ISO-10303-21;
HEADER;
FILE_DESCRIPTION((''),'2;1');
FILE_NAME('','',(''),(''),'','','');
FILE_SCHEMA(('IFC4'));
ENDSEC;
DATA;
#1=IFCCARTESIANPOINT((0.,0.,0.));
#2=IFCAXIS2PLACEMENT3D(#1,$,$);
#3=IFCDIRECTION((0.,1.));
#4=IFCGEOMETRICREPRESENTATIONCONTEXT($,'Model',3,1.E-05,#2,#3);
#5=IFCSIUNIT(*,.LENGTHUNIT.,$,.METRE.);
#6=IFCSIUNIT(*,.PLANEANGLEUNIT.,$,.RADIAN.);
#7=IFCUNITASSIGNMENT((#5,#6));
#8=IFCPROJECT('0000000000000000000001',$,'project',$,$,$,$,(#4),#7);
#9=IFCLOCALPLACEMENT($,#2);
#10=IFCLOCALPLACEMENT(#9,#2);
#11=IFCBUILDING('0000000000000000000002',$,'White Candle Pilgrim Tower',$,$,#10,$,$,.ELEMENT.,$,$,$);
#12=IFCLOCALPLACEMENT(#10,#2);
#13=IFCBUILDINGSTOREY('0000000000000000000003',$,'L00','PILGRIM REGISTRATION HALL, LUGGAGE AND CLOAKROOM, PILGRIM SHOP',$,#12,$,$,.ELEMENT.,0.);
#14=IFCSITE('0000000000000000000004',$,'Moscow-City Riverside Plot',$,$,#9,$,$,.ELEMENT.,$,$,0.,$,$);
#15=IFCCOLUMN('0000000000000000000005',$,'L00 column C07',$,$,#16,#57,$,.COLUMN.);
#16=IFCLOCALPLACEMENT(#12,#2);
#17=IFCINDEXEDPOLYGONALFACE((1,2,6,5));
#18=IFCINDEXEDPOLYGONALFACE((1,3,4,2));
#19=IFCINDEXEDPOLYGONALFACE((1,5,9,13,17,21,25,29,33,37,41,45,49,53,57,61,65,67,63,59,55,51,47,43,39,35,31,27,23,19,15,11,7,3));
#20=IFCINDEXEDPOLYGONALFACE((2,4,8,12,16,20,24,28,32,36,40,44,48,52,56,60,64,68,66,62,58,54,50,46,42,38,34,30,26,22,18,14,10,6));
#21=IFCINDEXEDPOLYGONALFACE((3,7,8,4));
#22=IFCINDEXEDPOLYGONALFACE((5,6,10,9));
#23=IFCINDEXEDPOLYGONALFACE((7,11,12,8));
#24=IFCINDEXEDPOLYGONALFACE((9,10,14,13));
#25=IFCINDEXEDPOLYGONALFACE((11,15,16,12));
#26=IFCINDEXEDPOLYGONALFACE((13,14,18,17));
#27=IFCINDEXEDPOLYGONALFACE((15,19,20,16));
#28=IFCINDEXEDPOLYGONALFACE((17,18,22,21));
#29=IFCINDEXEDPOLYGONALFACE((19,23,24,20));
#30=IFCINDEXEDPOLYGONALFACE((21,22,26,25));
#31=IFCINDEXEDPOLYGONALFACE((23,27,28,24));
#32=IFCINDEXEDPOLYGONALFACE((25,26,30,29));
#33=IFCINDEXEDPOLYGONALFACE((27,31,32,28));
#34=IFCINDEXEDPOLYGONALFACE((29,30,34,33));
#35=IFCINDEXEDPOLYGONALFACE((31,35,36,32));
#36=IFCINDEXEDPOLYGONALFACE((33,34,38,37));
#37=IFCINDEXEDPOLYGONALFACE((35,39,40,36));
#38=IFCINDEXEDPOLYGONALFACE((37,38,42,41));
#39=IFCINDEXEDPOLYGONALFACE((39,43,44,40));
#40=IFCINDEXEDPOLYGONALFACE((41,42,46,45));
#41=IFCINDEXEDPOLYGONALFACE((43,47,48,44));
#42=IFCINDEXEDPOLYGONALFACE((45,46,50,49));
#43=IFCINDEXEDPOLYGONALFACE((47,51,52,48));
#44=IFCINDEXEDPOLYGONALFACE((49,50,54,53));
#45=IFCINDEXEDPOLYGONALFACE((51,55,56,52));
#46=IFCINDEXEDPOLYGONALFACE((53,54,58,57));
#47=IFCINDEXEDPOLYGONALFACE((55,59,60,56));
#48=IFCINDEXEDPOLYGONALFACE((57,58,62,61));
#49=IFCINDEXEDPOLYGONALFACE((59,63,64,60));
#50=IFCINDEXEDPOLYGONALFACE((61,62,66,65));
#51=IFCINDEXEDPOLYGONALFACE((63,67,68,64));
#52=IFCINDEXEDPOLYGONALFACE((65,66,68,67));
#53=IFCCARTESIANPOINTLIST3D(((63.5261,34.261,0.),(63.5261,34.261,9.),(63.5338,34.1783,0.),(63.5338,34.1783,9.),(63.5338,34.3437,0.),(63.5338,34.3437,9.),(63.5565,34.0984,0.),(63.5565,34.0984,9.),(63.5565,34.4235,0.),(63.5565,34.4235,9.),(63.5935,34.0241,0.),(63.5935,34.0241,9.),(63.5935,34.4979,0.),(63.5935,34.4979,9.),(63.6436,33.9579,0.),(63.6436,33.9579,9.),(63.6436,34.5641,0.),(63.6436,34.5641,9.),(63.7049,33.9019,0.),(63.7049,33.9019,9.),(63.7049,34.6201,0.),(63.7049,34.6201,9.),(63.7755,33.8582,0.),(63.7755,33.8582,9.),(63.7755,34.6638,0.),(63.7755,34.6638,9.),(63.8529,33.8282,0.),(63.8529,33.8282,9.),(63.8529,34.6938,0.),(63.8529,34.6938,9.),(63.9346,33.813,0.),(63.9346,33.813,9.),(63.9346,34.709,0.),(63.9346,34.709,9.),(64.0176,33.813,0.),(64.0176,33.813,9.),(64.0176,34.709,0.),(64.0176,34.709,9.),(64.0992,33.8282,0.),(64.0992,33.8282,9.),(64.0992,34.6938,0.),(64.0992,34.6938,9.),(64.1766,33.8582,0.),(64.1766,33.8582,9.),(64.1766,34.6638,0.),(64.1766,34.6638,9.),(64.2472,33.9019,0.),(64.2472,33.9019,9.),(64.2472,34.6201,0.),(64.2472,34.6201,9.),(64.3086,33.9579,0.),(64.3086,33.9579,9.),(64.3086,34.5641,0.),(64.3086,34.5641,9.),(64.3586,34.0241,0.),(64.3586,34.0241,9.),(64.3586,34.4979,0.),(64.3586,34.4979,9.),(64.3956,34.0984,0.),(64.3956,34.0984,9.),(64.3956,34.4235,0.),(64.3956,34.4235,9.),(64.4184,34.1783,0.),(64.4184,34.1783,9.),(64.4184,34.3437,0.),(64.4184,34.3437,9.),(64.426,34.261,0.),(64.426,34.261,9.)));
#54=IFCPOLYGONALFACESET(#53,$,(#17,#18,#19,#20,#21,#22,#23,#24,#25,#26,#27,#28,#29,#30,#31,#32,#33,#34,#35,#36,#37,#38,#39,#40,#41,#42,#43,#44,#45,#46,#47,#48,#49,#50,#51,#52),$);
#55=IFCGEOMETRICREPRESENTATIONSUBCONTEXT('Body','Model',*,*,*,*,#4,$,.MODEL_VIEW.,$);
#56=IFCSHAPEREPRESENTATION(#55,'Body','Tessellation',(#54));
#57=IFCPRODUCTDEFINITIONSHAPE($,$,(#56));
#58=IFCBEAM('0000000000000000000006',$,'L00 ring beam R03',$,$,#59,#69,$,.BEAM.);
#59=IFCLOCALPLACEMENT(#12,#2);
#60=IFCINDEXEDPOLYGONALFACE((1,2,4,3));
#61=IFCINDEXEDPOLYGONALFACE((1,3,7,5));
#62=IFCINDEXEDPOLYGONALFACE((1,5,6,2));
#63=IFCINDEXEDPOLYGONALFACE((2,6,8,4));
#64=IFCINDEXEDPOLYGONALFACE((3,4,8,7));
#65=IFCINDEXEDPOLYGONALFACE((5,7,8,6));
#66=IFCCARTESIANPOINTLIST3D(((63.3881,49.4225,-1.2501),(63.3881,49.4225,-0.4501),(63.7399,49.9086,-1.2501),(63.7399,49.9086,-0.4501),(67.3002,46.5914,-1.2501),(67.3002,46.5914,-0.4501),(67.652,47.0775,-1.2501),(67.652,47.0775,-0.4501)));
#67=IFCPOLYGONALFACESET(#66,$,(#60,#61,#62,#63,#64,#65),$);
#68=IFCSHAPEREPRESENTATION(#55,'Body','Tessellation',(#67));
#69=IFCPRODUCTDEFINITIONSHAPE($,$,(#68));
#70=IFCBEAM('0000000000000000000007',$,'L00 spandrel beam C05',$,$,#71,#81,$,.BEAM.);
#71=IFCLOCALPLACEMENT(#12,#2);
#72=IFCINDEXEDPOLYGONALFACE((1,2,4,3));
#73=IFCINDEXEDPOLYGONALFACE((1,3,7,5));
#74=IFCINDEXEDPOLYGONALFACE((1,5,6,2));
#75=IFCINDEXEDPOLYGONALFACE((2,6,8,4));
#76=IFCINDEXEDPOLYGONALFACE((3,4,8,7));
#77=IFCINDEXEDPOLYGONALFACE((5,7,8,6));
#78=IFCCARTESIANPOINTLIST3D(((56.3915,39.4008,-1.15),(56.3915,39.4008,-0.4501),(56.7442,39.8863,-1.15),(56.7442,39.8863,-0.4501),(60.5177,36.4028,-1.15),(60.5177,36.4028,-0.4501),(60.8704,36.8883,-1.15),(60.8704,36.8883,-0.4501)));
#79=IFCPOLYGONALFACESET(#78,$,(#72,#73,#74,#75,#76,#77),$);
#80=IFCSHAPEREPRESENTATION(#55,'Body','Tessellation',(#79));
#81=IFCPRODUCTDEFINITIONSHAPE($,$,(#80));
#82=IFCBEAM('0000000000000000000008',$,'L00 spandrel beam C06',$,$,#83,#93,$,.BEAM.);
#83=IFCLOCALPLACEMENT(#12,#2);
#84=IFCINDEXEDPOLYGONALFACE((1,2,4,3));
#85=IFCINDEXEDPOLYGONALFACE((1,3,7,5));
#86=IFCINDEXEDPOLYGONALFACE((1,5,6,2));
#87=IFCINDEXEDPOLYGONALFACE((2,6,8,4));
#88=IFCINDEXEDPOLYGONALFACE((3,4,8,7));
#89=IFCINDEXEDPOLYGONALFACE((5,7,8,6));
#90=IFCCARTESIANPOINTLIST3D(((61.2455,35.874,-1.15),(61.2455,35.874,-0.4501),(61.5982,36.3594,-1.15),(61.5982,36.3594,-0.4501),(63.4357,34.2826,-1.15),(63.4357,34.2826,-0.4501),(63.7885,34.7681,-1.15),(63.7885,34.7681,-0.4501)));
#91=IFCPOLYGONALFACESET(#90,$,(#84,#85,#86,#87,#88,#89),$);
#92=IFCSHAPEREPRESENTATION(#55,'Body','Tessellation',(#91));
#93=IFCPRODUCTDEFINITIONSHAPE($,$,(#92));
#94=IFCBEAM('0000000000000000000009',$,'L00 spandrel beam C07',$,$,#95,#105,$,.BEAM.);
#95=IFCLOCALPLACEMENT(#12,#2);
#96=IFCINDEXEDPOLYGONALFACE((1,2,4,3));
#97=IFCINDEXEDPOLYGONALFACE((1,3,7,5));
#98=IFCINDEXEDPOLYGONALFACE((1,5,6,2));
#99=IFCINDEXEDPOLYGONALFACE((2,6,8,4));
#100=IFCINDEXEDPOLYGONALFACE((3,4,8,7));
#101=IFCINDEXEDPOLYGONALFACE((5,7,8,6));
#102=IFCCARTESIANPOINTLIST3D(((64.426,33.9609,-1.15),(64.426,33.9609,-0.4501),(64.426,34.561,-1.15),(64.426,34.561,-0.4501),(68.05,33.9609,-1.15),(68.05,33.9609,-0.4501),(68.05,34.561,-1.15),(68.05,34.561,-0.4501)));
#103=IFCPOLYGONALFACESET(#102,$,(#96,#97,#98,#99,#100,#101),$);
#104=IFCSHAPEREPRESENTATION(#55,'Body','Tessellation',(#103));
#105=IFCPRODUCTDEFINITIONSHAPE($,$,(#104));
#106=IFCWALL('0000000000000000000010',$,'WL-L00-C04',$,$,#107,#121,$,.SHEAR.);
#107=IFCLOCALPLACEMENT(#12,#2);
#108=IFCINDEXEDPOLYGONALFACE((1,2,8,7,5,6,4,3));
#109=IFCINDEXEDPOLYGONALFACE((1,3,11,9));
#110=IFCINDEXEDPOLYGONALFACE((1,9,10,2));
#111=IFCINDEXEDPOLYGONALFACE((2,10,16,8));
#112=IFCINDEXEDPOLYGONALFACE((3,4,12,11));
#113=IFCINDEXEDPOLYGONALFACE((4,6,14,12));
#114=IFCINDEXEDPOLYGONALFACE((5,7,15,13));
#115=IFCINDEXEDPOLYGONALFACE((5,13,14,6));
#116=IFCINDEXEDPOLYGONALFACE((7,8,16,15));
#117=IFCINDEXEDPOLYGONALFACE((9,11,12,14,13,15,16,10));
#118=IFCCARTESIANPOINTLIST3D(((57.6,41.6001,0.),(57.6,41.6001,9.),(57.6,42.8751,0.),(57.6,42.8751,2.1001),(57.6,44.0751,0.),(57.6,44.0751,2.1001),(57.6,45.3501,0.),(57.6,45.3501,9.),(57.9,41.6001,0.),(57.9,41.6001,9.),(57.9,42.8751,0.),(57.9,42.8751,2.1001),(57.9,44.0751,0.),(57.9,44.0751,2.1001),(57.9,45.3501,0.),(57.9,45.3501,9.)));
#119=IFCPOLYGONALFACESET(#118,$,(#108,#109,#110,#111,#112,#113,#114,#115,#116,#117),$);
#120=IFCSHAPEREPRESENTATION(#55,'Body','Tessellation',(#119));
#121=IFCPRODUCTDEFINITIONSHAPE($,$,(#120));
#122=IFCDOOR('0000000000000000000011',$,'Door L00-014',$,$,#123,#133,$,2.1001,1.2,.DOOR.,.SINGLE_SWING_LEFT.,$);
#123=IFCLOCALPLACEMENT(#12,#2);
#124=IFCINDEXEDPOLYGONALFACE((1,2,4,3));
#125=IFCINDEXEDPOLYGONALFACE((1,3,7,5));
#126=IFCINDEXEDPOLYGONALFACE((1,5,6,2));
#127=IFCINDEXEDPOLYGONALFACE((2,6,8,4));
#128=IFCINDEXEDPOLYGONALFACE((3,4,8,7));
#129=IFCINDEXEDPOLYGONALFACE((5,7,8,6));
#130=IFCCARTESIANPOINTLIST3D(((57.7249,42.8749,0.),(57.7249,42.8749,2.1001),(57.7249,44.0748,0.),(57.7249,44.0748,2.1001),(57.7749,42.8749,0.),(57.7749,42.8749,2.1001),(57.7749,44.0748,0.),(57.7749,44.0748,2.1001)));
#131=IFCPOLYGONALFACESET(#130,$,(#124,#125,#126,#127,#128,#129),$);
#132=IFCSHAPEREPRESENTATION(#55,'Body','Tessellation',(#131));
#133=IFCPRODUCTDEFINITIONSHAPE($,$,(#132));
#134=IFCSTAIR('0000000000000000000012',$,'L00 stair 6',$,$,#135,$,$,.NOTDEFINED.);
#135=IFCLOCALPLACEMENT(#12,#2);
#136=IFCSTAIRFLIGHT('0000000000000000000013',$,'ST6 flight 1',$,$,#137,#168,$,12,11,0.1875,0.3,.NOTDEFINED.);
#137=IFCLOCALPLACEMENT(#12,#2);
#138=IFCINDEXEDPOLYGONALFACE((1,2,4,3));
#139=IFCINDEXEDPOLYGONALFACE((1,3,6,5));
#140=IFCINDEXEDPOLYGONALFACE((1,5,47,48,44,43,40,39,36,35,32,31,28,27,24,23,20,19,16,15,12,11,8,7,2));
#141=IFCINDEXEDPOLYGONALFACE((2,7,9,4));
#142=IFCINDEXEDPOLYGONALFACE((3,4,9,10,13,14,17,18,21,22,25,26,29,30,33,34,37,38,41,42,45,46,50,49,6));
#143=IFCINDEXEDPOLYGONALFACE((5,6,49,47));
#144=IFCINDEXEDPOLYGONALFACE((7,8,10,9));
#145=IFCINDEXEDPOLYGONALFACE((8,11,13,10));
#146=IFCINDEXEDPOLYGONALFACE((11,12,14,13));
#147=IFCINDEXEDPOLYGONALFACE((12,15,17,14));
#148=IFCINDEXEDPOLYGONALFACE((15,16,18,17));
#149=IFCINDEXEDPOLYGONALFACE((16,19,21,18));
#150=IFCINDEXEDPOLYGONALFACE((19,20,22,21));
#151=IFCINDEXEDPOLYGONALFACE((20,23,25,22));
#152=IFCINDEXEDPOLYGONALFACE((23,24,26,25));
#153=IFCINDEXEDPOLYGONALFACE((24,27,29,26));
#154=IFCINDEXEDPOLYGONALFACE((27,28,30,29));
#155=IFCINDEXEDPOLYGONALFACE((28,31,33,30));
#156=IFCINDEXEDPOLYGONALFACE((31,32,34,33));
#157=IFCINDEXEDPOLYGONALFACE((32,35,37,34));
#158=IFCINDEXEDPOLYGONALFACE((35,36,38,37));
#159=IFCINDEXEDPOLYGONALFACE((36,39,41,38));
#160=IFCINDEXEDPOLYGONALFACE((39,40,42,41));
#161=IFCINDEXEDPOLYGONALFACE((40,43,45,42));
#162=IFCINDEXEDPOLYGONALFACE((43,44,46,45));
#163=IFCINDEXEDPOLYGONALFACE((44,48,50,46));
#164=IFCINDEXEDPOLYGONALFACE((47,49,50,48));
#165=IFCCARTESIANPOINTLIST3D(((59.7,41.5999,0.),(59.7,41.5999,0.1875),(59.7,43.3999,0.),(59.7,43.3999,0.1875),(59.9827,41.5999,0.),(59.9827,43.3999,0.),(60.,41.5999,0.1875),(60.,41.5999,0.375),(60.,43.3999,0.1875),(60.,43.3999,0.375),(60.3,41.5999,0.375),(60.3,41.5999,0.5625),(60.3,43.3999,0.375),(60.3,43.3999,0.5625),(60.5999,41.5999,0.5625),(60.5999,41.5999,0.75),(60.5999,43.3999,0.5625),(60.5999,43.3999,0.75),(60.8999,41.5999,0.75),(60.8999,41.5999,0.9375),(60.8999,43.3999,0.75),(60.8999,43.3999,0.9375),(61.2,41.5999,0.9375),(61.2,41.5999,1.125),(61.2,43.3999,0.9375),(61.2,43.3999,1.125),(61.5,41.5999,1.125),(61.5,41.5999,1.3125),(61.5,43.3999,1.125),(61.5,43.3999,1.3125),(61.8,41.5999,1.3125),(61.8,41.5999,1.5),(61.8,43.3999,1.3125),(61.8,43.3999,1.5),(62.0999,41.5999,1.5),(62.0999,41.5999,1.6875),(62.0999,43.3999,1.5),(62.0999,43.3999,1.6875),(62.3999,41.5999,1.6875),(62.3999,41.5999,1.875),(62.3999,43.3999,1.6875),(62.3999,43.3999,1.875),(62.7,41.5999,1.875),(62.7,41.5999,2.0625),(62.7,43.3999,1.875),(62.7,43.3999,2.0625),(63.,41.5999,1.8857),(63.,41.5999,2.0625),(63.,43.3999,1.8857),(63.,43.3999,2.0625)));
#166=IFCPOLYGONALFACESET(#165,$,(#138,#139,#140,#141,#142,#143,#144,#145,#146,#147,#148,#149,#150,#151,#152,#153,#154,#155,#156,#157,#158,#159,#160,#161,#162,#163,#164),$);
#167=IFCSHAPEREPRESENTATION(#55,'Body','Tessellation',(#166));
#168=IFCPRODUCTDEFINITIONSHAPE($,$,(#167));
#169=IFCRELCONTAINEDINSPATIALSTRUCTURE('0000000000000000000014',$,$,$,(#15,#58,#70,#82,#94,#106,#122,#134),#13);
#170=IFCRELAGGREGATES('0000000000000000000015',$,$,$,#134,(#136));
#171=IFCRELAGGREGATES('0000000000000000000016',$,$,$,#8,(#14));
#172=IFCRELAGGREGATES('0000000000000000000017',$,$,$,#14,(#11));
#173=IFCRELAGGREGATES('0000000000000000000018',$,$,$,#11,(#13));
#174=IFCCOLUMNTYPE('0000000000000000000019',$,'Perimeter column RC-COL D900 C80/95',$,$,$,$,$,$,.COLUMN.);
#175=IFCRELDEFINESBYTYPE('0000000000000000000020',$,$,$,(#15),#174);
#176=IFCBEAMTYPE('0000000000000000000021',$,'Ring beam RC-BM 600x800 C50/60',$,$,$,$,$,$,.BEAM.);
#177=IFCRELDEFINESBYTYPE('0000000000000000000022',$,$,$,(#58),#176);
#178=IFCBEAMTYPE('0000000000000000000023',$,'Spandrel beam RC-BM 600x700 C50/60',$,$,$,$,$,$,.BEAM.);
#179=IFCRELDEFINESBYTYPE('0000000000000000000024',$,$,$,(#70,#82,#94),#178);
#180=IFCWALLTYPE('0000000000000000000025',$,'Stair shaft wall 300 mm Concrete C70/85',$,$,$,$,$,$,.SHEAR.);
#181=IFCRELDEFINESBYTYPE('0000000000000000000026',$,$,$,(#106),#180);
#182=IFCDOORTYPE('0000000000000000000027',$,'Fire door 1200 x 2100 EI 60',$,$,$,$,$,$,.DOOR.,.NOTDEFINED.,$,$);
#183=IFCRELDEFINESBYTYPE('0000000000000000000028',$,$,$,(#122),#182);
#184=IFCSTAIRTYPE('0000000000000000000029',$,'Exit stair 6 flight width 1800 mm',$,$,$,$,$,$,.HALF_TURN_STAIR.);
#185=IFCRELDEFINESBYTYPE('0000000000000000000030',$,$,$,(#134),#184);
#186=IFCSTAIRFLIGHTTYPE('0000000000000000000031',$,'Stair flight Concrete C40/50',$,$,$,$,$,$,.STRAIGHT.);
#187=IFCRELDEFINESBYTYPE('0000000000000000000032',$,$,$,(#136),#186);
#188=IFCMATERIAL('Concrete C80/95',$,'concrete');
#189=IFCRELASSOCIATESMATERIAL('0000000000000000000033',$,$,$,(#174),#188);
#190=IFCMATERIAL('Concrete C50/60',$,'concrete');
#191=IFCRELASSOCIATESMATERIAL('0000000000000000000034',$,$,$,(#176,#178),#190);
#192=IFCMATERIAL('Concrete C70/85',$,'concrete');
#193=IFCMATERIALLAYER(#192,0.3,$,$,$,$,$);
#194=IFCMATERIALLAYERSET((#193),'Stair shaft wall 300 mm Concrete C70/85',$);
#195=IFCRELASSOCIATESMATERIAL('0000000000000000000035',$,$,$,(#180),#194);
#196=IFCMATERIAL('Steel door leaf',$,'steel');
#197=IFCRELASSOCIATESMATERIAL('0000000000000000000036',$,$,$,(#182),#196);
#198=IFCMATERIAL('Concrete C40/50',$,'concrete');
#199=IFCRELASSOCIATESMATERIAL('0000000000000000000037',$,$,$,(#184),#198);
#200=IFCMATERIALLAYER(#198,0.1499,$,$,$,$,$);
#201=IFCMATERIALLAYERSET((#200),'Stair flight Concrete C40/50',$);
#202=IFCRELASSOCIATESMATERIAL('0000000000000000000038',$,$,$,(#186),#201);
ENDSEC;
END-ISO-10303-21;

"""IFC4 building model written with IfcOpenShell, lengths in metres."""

from ifc_helpers import new_model, si_unit, direction, frame, frame_2d, origin, origin_2d, place, context, subcontext, project, spatial, polyline, rectangle, circle, outline, extrude, material, layer, layer_set, material_profile, profile_set, type_object, element, fill, aggregate, save


model = new_model("IFC4")

# Units and contexts
model_context = context("Model", 3, precision=1e-05, world=origin(), true_north=direction((0.0, 1.0)))
body_context = subcontext(model_context, "Body", "Model", "MODEL_VIEW")
ifc_project = project(units=[si_unit("LENGTHUNIT", "METRE"), si_unit("PLANEANGLEUNIT", "RADIAN")], contexts=[model_context])

# Site, building, storey
site_placement = place(None, origin())
site = spatial("IfcSite", under=ifc_project, at=site_placement, Name="Moscow-City Riverside Plot", CompositionType="ELEMENT", RefElevation=0.0)
building_placement = place(site_placement, origin())
building = spatial("IfcBuilding", under=site, at=building_placement, Name="White Candle Pilgrim Tower", CompositionType="ELEMENT")
storey_placement = place(building_placement, origin())
storey = spatial("IfcBuildingStorey", under=building, at=storey_placement, Name="L00", Description="PILGRIM REGISTRATION HALL, LUGGAGE AND CLOAKROOM, PILGRIM SHOP", CompositionType="ELEMENT", Elevation=0.0)

# Column
ifc_material_1 = material(Name="Concrete C80/95", Category="concrete")
ifc_material_profile_1 = material_profile(ifc_material_1, circle(Radius=0.45, at=origin_2d()), Name="RC-COL D900")
ifc_profile_set_1 = profile_set([ifc_material_profile_1], Name="Concrete C80/95")
column_type = type_object("IfcColumnType", Name="Perimeter column RC-COL D900 C80/95", PredefinedType="COLUMN", material=ifc_profile_set_1)
for number, where, z_axis, x_axis, name in (
    (1, (63.9761, 34.261, 0.0), (0.0, 0.0, 1.0), (1.0, 0.0, 0.0), "L00 column C07"),
):
    element("IfcColumn", number, at=place(storey_placement, frame(where, z_axis=z_axis, x_axis=x_axis)), inside=storey, type_object=column_type, Name=name, PredefinedType="COLUMN", context=body_context, shape_type="SweptSolid", body=[
        extrude(circle(Radius=0.45, at=origin_2d()), origin(), (0.0, 0.0, 1.0), 9.0),
    ])

# Beams
ifc_material_2 = material(Name="Concrete C50/60", Category="concrete")
ifc_material_profile_2 = material_profile(ifc_material_2, rectangle(XDim=0.6001, YDim=0.8, at=origin_2d()), Name="RC-BM 600x800")
ifc_profile_set_2 = profile_set([ifc_material_profile_2], Name="Concrete C50/60")
beam_type_1 = type_object("IfcBeamType", Name="Ring beam RC-BM 600x800 C50/60", PredefinedType="BEAM", material=ifc_profile_set_2)
beam_1_placement = place(storey_placement, frame((63.564, 49.6655, -0.8501), z_axis=(0.810124, -0.586258, 0.0), x_axis=(0.586258, 0.810124, 0.0)))
element("IfcBeam", 2, at=beam_1_placement, inside=storey, type_object=beam_type_1, Name="L00 ring beam R03", PredefinedType="BEAM", context=body_context, shape_type="SweptSolid", body=[
    extrude(rectangle(XDim=0.6001, YDim=0.8, at=origin_2d()), origin(), (0.0, 0.0, 1.0), 4.8291),
])
ifc_material_profile_3 = material_profile(ifc_material_2, rectangle(XDim=0.6001, YDim=0.7, at=origin_2d()), Name="RC-BM 600x700")
ifc_profile_set_3 = profile_set([ifc_material_profile_3], Name="Concrete C50/60")
beam_type_2 = type_object("IfcBeamType", Name="Spandrel beam RC-BM 600x700 C50/60", PredefinedType="BEAM", material=ifc_profile_set_3)
beam_2_placement = place(storey_placement, frame((56.5679, 39.6436, -0.8), z_axis=(0.809001, -0.587807, 0.0), x_axis=(0.587807, 0.809001, 0.0)))
element("IfcBeam", 3, at=beam_2_placement, inside=storey, type_object=beam_type_2, Name="L00 spandrel beam C05", PredefinedType="BEAM", context=body_context, shape_type="SweptSolid", body=[
    extrude(rectangle(XDim=0.6001, YDim=0.7, at=origin_2d()), origin(), (0.0, 0.0, 1.0), 5.1003),
])
beam_3_placement = place(storey_placement, frame((61.4219, 36.1167, -0.8), z_axis=(0.809009, -0.587796, 0.0), x_axis=(0.587796, 0.809009, 0.0)))
element("IfcBeam", 4, at=beam_3_placement, inside=storey, type_object=beam_type_2, Name="L00 spandrel beam C06", PredefinedType="BEAM", context=body_context, shape_type="SweptSolid", body=[
    extrude(rectangle(XDim=0.6001, YDim=0.7, at=origin_2d()), origin(), (0.0, 0.0, 1.0), 2.7073),
])
beam_4_placement = place(storey_placement, frame((64.426, 34.261, -0.8), z_axis=(1.0, 0.0, 0.0), x_axis=(0.0, 1.0, 0.0)))
element("IfcBeam", 5, at=beam_4_placement, inside=storey, type_object=beam_type_2, Name="L00 spandrel beam C07", PredefinedType="BEAM", context=body_context, shape_type="SweptSolid", body=[
    extrude(rectangle(XDim=0.6001, YDim=0.7, at=origin_2d()), origin(), (0.0, 0.0, 1.0), 3.624),
])

# Wall, opening, door
ifc_material_3 = material(Name="Concrete C70/85", Category="concrete")
ifc_layer_1 = layer(ifc_material_3, 0.3)
ifc_layer_set_1 = layer_set([ifc_layer_1], Name="Stair shaft wall 300 mm Concrete C70/85")
wall_type = type_object("IfcWallType", Name="Stair shaft wall 300 mm Concrete C70/85", PredefinedType="SHEAR", material=ifc_layer_set_1)
wall_placement = place(storey_placement, frame((57.75, 41.6001, 0.0), z_axis=(0.0, 0.0, 1.0), x_axis=(0.0, 1.0, 0.0)))
wall = element("IfcWall", 6, at=wall_placement, inside=storey, type_object=wall_type, Name="WL-L00-C04", PredefinedType="SHEAR", context=body_context, shape_type="SweptSolid", body=[
    extrude(rectangle(XDim=3.75, YDim=0.3, at=frame_2d((1.875, 0.0))), origin(), (0.0, 0.0, 1.0), 9.0),
])
opening_placement = place(wall_placement, frame((1.2749, 0.0, 0.0)))
opening = element("IfcOpeningElement", 7, at=opening_placement, cuts=wall, PredefinedType="OPENING", context=body_context, shape_type="SweptSolid", body=[
    extrude(rectangle(XDim=1.2, YDim=2.1001, at=frame_2d((0.6001, 1.05))), frame((0.0, 0.1599, 0.0), z_axis=(0.0, -1.0, 0.0), x_axis=(1.0, 0.0, 0.0)), (0.0, 0.0, 1.0), 0.3201),
])
ifc_material_4 = material(Name="Steel door leaf", Category="steel")
door_type = type_object("IfcDoorType", Name="Fire door 1200 x 2100 EI 60", OperationType="NOTDEFINED", PredefinedType="DOOR", material=ifc_material_4)
door_placement = place(opening_placement, frame((1.2, 0.0, 0.0), z_axis=(0.0, 0.0, 1.0), x_axis=(-1.0, 0.0, 0.0)))
door = element("IfcDoor", 8, at=door_placement, inside=storey, type_object=door_type, Name="Door L00-014", OperationType="SINGLE_SWING_LEFT", OverallHeight=2.1001, OverallWidth=1.2, PredefinedType="DOOR", context=body_context, shape_type="SweptSolid", body=[
    extrude(rectangle(XDim=1.2, YDim=2.1001, at=frame_2d((0.6001, 1.05))), frame((0.0, 0.0249, 0.0), z_axis=(0.0, -1.0, 0.0), x_axis=(1.0, 0.0, 0.0)), (0.0, 0.0, 1.0), 0.05),
])
fill(opening, door)

# Stair, stair flight
ifc_material_5 = material(Name="Concrete C40/50", Category="concrete")
stair_type = type_object("IfcStairType", Name="Exit stair 6 flight width 1800 mm", PredefinedType="HALF_TURN_STAIR", material=ifc_material_5)
stair_placement = place(storey_placement, origin())
stair = element("IfcStair", 9, at=stair_placement, inside=storey, type_object=stair_type, Name="L00 stair 6", PredefinedType="NOTDEFINED")
ifc_layer_2 = layer(ifc_material_5, 0.1499)
ifc_layer_set_2 = layer_set([ifc_layer_2], Name="Stair flight Concrete C40/50")
stair_flight_type = type_object("IfcStairFlightType", Name="Stair flight Concrete C40/50", PredefinedType="STRAIGHT", material=ifc_layer_set_2)
stair_flight_1_placement = place(storey_placement, frame((59.7, 42.5, 0.0), z_axis=(0.0, 0.0, 1.0), x_axis=(1.0, 0.0, 0.0)))
stair_flight_1 = element("IfcStairFlight", 10, at=stair_flight_1_placement, type_object=stair_flight_type, Name="ST6 flight 1", NumberOfRisers=12, NumberOfTreads=11, PredefinedType="NOTDEFINED", RiserHeight=0.1875, TreadLength=0.3, context=body_context, shape_type="SweptSolid", body=[
    extrude(outline(polyline([(0.0, 0.0), (0.0, 0.1875), (0.3, 0.1875), (0.3, 0.375), (0.6001, 0.375), (0.6001, 0.5625), (0.8999, 0.5625), (0.8999, 0.75), (1.2, 0.75), (1.2, 0.9375), (1.5, 0.9375), (1.5, 1.125), (1.8, 1.125), (1.8, 1.3125), (2.1001, 1.3125), (2.1001, 1.5), (2.3999, 1.5), (2.3999, 1.6875), (2.7, 1.6875), (2.7, 1.875), (3.0, 1.875), (3.0, 2.0625), (3.3, 2.0625), (3.3, 2.25), (3.3, 1.8857), (0.2827, 0.0), (0.0, 0.0)])), frame((0.0, 0.8999, 0.0), z_axis=(0.0, -1.0, 0.0), x_axis=(1.0, 0.0, 0.0)), (0.0, 0.0, 1.0), 1.8),
])
aggregate(stair, [stair_flight_1])

save(model, "model.ifc")
